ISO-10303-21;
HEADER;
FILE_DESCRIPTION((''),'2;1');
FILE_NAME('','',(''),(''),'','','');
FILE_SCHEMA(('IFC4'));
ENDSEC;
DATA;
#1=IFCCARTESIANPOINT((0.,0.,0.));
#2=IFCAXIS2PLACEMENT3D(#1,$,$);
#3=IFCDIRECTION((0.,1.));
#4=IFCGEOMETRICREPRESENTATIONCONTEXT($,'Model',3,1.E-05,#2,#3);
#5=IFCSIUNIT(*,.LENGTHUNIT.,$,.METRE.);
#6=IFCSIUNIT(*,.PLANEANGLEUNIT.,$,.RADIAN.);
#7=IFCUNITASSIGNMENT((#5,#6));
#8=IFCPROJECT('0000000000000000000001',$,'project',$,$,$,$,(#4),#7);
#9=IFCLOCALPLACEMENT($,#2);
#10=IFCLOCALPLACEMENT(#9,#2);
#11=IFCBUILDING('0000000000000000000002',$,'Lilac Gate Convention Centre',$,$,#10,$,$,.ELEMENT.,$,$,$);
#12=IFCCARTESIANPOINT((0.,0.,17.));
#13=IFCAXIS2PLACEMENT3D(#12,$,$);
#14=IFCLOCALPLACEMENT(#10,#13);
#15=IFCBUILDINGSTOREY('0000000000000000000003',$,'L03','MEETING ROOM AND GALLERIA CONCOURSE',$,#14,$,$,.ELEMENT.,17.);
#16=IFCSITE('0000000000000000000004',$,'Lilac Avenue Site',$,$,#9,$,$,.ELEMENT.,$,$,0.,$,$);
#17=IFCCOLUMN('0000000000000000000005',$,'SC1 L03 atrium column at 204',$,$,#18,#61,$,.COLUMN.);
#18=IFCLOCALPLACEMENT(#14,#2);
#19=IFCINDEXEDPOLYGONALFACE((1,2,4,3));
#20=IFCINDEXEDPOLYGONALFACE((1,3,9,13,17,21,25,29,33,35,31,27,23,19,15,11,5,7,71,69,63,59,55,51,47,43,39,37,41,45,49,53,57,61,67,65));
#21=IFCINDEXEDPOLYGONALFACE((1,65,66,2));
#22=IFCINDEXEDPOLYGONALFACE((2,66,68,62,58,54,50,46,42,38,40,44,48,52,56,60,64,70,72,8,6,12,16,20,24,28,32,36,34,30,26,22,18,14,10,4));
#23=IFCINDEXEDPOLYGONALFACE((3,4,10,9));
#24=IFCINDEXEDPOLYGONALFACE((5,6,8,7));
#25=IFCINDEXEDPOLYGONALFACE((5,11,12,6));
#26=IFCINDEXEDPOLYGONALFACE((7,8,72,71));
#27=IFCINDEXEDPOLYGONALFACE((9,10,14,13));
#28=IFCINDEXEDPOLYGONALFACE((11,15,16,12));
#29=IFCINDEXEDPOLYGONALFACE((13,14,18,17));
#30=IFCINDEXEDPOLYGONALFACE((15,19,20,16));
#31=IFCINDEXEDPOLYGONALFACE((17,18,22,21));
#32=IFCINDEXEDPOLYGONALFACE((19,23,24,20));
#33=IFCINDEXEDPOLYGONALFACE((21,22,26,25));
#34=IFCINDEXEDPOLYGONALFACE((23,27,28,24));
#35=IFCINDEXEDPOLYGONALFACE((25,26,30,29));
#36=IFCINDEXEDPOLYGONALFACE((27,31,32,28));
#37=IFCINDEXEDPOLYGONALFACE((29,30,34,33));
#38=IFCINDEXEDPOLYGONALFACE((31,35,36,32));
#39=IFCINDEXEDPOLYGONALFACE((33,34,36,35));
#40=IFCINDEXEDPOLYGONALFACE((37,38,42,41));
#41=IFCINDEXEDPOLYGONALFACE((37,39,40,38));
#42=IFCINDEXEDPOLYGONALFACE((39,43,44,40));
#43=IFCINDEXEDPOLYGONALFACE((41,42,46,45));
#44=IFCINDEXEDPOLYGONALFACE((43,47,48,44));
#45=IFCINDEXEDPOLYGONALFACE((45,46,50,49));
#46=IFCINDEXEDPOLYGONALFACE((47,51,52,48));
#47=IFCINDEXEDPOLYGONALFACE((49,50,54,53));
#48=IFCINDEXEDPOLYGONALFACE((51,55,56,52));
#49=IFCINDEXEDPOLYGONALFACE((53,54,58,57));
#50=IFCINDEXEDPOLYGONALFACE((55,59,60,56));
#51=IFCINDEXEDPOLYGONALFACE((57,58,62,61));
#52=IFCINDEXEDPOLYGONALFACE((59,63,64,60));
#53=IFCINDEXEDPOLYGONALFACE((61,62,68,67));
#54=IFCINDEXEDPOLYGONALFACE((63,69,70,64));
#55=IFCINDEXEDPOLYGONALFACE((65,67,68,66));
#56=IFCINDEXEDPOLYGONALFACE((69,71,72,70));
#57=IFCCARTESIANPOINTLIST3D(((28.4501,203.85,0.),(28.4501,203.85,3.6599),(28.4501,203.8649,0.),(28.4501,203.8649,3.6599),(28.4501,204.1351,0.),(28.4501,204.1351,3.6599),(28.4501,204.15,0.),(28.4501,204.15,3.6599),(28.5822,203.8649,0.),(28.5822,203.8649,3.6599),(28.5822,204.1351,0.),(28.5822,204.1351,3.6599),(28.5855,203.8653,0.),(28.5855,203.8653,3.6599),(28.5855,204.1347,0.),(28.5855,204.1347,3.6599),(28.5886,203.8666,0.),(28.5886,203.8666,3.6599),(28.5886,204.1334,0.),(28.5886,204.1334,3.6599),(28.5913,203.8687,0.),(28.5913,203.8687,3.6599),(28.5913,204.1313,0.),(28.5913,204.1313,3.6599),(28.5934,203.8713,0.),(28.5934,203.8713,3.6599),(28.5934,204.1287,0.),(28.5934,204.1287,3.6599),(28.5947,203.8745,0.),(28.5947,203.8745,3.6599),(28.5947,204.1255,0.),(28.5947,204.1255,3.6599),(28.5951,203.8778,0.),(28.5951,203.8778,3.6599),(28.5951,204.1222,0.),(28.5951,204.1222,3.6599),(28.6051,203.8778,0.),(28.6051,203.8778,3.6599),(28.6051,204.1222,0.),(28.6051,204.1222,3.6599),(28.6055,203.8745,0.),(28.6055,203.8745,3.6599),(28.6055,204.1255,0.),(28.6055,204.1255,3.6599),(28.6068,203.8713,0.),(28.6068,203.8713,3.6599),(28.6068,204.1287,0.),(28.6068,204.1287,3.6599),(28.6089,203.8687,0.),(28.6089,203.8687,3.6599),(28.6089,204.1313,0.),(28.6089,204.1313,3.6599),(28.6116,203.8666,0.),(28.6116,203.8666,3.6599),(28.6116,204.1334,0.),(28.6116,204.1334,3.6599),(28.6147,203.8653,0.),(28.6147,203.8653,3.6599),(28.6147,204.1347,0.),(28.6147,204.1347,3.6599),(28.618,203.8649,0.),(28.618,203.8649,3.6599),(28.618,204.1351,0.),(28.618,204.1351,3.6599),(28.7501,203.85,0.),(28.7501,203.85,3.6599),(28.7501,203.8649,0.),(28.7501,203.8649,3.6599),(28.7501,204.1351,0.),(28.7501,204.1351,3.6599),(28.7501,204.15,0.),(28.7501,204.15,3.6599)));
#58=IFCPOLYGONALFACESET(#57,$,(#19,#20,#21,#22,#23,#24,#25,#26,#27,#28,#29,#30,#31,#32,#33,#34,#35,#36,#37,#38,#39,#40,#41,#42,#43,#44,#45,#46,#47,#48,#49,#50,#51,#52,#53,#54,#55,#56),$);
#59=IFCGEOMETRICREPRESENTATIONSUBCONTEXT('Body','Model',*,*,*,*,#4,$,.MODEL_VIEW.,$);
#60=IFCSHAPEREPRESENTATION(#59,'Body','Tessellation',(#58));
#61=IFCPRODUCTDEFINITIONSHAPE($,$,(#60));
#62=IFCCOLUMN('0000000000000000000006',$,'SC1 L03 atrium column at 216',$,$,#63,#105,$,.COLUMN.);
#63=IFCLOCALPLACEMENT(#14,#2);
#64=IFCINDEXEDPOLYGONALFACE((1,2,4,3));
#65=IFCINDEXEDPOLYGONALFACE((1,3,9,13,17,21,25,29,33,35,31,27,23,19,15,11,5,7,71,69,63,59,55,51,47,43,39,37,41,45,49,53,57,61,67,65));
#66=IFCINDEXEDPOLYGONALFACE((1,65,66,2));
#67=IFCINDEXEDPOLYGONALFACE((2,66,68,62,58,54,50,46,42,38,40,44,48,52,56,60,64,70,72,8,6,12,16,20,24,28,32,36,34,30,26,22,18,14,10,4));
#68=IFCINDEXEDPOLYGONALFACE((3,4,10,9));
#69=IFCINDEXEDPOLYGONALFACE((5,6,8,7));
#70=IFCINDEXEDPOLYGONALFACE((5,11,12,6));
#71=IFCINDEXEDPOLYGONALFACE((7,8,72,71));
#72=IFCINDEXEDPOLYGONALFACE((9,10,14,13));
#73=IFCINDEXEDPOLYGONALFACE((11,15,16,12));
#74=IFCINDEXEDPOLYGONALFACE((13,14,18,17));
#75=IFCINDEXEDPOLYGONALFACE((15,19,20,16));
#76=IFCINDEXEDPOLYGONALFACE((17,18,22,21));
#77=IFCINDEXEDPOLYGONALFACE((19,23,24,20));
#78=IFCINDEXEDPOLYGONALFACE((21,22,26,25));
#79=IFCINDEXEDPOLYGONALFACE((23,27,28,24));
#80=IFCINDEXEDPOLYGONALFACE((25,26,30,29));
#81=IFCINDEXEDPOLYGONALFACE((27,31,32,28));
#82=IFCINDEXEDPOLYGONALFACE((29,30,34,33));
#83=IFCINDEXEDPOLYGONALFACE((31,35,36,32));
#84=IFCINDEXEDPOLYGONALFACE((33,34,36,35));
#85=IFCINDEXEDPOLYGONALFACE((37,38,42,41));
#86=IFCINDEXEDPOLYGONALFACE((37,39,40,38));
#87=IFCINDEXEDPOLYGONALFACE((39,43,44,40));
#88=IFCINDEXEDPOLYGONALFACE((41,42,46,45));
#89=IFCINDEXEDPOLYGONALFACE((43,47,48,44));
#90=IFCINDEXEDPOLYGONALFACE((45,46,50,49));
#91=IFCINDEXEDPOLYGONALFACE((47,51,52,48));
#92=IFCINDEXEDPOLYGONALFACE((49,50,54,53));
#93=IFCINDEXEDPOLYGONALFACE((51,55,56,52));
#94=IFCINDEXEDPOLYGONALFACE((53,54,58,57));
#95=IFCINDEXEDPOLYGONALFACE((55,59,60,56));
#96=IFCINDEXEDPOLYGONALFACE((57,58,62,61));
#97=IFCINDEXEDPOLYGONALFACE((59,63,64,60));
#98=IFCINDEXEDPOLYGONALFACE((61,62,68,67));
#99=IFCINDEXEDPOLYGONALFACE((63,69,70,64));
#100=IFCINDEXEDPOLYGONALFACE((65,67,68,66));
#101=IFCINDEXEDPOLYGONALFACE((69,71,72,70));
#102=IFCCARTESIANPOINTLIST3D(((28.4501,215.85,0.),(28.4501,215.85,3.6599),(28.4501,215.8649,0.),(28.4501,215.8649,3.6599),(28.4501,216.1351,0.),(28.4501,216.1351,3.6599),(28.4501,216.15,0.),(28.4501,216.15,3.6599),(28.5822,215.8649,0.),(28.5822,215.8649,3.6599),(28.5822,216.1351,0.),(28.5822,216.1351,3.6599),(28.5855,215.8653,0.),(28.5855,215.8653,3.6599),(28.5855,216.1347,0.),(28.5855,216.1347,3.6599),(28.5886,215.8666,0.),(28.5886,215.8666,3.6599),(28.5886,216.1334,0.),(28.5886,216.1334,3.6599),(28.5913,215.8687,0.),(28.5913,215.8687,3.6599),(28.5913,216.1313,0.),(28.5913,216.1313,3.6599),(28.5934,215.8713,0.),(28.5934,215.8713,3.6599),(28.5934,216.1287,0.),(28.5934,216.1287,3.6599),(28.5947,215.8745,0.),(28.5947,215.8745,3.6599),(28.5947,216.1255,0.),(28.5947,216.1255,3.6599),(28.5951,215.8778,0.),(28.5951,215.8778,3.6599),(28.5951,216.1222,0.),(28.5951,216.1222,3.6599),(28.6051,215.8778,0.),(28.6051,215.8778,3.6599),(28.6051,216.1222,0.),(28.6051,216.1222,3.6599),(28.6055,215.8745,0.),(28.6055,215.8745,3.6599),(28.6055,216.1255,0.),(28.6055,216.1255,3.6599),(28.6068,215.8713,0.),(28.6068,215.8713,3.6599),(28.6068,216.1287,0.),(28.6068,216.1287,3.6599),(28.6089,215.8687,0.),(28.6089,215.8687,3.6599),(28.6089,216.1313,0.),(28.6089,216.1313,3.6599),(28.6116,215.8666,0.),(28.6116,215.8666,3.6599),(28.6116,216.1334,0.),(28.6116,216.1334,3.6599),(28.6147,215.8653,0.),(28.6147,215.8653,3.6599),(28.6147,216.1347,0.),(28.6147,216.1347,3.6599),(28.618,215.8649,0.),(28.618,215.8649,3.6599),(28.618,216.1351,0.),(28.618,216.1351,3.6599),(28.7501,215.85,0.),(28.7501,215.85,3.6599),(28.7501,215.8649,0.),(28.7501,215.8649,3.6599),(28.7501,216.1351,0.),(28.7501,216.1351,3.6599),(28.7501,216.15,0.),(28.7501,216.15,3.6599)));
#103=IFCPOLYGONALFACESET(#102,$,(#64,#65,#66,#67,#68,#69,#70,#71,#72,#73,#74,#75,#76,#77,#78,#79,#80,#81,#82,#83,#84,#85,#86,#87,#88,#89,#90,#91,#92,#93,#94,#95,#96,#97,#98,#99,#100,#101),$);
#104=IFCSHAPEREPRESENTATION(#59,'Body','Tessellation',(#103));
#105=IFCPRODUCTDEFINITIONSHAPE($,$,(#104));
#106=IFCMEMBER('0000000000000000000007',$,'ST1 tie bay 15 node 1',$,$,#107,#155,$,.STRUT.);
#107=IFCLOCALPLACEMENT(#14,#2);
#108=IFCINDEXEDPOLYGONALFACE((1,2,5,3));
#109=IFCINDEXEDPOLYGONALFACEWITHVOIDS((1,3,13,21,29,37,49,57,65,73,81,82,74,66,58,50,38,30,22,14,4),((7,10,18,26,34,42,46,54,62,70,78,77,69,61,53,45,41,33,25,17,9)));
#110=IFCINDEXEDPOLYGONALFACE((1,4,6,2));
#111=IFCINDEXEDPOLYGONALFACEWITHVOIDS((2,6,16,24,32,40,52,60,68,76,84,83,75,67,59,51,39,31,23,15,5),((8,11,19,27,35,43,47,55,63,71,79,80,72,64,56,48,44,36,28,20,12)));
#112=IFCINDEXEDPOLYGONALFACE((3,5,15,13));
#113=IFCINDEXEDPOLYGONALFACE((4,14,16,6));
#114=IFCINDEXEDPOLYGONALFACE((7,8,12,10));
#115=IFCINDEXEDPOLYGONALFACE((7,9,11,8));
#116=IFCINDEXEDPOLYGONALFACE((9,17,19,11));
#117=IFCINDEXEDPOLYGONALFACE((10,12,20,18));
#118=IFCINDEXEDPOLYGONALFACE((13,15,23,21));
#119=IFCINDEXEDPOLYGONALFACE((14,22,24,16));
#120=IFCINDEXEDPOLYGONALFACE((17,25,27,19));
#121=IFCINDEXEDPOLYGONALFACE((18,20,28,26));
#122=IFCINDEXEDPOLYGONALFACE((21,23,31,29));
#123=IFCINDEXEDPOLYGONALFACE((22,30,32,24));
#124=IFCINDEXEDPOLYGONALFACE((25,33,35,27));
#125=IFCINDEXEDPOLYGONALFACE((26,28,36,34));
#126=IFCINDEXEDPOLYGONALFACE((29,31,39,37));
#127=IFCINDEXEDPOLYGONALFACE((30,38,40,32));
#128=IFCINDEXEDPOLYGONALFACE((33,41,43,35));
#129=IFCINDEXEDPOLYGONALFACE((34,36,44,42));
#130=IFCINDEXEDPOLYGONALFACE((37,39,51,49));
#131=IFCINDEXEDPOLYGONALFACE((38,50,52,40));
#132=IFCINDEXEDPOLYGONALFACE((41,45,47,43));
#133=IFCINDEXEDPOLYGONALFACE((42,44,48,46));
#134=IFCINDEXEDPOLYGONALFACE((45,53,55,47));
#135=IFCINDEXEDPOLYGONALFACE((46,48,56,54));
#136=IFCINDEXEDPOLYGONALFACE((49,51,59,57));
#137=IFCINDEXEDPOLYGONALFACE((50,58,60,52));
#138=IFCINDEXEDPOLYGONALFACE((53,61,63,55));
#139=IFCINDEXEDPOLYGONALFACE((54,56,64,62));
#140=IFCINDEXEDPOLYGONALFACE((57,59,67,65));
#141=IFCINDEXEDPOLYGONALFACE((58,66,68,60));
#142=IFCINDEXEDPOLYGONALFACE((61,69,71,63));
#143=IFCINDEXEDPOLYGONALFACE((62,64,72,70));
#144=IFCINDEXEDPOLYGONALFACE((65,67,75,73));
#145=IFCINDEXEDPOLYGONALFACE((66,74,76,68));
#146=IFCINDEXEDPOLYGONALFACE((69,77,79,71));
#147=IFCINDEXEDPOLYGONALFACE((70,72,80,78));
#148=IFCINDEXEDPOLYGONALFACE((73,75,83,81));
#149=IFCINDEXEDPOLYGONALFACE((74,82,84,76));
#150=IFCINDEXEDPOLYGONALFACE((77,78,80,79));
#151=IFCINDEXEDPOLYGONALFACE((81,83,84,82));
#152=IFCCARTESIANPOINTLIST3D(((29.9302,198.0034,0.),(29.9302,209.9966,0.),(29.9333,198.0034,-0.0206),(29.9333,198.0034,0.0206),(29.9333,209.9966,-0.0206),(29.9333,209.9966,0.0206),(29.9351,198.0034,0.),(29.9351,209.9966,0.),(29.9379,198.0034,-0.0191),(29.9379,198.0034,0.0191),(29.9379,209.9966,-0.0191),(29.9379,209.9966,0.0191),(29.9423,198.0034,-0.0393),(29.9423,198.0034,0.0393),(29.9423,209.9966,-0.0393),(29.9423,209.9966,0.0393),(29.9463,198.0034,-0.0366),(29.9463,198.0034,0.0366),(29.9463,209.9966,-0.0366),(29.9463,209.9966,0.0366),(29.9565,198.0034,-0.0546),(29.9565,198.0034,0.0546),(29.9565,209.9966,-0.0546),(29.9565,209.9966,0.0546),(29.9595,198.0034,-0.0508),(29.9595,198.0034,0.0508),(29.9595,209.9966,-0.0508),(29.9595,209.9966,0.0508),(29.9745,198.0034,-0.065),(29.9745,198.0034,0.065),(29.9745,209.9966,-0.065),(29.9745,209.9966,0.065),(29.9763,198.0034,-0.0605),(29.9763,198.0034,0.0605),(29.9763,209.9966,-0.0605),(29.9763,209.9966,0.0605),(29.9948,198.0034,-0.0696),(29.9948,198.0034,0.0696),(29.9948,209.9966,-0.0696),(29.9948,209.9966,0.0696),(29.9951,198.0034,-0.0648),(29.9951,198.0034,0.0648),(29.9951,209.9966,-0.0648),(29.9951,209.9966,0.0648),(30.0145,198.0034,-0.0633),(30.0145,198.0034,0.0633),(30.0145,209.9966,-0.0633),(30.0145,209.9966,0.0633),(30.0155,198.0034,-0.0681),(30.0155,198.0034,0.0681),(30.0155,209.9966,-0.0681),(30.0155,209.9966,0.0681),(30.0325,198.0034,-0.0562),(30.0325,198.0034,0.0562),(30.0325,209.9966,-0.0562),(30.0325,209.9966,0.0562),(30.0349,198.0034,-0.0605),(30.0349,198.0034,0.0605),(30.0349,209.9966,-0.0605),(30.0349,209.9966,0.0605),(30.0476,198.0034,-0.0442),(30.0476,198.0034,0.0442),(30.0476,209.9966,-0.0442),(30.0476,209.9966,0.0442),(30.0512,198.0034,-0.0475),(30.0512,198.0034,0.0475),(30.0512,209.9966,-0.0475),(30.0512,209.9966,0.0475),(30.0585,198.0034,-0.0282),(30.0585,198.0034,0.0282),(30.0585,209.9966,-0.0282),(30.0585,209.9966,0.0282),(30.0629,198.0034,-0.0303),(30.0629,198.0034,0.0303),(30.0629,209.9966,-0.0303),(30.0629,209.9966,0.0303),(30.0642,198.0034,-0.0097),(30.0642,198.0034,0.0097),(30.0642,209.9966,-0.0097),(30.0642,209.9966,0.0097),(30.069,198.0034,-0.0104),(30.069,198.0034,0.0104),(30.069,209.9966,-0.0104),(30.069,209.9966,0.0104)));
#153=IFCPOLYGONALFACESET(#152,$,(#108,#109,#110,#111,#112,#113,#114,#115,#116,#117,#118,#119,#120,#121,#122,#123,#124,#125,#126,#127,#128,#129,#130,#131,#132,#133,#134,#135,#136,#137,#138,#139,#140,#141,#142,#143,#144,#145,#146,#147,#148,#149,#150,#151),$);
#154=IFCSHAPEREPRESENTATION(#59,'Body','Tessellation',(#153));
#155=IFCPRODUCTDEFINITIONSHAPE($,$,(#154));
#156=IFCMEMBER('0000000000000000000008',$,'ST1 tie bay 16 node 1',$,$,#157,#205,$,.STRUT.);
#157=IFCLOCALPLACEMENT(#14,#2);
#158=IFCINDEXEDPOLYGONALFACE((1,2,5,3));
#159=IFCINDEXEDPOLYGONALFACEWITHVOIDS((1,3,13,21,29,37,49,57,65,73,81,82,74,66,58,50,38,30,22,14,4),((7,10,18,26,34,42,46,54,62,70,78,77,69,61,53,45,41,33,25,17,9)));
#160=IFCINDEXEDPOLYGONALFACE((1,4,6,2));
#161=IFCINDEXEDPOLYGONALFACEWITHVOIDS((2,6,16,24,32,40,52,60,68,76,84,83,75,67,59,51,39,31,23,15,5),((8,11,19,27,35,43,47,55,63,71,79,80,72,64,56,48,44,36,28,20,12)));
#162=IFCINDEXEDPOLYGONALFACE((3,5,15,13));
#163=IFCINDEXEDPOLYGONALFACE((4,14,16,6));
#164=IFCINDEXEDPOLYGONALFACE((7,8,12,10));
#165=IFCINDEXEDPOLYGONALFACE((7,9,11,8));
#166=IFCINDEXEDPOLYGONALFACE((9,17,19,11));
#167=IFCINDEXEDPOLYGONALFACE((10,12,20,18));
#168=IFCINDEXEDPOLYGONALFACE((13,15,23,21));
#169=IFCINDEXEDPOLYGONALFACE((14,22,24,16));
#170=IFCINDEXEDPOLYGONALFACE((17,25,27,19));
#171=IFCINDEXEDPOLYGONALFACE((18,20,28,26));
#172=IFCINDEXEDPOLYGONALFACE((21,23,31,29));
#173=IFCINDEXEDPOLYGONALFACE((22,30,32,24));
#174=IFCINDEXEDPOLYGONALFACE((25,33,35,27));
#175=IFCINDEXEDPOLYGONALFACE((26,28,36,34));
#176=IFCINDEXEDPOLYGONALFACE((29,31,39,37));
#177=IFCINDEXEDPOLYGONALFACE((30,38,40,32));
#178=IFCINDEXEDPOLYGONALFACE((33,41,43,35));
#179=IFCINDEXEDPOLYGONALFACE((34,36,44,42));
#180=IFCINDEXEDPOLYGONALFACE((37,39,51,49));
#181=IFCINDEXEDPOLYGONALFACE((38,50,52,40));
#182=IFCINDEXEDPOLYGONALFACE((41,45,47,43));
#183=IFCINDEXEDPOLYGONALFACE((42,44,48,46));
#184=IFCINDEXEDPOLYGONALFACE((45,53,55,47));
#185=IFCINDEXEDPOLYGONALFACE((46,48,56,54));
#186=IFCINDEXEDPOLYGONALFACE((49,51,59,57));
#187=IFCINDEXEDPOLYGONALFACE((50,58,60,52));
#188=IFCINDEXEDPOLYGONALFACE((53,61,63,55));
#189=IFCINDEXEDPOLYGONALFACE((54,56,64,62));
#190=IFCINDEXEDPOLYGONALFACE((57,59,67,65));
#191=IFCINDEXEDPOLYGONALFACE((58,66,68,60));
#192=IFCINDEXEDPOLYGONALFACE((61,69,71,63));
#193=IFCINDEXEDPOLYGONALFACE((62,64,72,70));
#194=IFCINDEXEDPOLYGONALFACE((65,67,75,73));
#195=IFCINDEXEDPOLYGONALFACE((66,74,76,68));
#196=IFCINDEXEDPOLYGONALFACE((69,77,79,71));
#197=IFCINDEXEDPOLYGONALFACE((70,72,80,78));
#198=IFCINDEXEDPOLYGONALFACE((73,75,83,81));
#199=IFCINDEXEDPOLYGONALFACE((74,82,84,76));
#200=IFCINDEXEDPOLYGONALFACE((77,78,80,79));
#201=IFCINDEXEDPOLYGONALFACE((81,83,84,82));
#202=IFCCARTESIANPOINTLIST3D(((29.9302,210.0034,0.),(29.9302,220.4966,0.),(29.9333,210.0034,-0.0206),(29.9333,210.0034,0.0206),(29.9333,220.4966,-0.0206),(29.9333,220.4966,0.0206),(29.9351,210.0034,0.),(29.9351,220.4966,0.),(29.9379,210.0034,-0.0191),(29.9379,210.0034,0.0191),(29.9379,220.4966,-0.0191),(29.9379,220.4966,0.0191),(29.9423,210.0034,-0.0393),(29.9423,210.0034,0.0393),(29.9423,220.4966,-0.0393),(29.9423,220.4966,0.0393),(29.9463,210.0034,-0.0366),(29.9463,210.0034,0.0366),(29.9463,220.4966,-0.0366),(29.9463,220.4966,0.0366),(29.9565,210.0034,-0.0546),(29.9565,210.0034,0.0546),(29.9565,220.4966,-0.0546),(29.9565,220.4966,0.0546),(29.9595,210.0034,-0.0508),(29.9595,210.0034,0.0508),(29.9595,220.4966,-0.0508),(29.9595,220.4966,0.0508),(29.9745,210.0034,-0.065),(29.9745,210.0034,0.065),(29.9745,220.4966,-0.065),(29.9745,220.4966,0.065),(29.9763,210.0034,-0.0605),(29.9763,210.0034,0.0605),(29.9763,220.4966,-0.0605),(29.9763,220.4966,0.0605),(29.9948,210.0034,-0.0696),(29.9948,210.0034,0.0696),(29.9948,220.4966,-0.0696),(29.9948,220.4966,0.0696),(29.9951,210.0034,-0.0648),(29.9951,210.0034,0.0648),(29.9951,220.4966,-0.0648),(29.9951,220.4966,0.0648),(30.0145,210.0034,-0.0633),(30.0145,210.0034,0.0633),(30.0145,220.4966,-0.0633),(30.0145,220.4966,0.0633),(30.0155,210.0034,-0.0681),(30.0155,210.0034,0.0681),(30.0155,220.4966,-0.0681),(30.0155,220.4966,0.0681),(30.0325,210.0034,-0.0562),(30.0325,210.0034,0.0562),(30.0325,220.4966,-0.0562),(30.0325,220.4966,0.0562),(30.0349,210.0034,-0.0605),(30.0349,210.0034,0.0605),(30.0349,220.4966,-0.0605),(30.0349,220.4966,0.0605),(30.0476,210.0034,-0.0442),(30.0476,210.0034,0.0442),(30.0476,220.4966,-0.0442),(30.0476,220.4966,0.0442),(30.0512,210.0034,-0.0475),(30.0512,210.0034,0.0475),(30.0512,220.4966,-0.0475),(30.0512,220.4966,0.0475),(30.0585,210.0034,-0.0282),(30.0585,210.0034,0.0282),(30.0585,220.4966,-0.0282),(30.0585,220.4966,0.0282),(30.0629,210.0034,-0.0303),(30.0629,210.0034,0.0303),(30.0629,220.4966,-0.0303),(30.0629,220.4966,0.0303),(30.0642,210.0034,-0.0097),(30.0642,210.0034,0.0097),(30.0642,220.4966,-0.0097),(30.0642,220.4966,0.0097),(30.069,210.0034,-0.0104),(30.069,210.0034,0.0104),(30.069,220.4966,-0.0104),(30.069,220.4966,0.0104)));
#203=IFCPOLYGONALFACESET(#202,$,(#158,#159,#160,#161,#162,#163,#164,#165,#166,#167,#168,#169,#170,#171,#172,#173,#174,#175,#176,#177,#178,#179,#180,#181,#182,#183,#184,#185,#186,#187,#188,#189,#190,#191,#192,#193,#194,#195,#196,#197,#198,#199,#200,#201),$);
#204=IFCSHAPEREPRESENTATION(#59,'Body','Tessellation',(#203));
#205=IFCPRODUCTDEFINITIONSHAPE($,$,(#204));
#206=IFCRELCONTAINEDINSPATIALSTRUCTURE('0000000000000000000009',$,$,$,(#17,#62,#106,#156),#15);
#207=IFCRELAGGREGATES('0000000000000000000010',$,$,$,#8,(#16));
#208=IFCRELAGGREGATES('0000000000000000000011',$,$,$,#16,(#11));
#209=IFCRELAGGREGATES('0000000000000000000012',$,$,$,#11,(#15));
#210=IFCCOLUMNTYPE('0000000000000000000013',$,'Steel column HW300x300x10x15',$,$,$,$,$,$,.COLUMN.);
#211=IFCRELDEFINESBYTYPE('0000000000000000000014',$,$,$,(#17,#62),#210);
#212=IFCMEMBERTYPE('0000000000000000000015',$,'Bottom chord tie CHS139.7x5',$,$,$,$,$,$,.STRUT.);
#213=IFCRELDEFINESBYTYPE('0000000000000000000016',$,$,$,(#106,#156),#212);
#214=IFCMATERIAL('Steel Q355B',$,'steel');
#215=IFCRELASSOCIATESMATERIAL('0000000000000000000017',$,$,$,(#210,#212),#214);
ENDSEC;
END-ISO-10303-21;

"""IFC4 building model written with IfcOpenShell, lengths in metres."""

from ifc_helpers import new_model, si_unit, direction, frame, origin, origin_2d, place, context, subcontext, project, spatial, hollow_circle, i_section, extrude, material, material_profile, profile_set, type_object, element, save


model = new_model("IFC4")

# Units and contexts
model_context = context("Model", 3, precision=1e-05, world=origin(), true_north=direction((0.0, 1.0)))
body_context = subcontext(model_context, "Body", "Model", "MODEL_VIEW")
ifc_project = project(units=[si_unit("LENGTHUNIT", "METRE"), si_unit("PLANEANGLEUNIT", "RADIAN")], contexts=[model_context])

# Site, building, storey
site_placement = place(None, origin())
site = spatial("IfcSite", under=ifc_project, at=site_placement, Name="Lilac Avenue Site", CompositionType="ELEMENT", RefElevation=0.0)
building_placement = place(site_placement, origin())
building = spatial("IfcBuilding", under=site, at=building_placement, Name="Lilac Gate Convention Centre", CompositionType="ELEMENT")
storey_placement = place(building_placement, frame((0.0, 0.0, 17.0)))
storey = spatial("IfcBuildingStorey", under=building, at=storey_placement, Name="L03", Description="MEETING ROOM AND GALLERIA CONCOURSE", CompositionType="ELEMENT", Elevation=17.0)

# Columns
ifc_material_1 = material(Name="Steel Q355B", Category="steel")
ifc_material_profile_1 = material_profile(ifc_material_1, i_section(OverallWidth=0.3, OverallDepth=0.3, WebThickness=0.01, FlangeThickness=0.0149, FilletRadius=0.0129, at=origin_2d()), Name="HW300x300x10x15")
ifc_profile_set_1 = profile_set([ifc_material_profile_1], Name="Steel Q355B")
column_type = type_object("IfcColumnType", Name="Steel column HW300x300x10x15", PredefinedType="COLUMN", material=ifc_profile_set_1)
for number, where, z_axis, x_axis, name in (
    (1, (28.6001, 204.0, 0.0), (0.0, 0.0, 1.0), (1.0, 0.0, 0.0), "SC1 L03 atrium column at 204"),
    (2, (28.6001, 216.0, 0.0), (0.0, 0.0, 1.0), (1.0, 0.0, 0.0), "SC1 L03 atrium column at 216"),
):
    element("IfcColumn", number, at=place(storey_placement, frame(where, z_axis=z_axis, x_axis=x_axis)), inside=storey, type_object=column_type, Name=name, PredefinedType="COLUMN", context=body_context, shape_type="SweptSolid", body=[
        extrude(i_section(OverallWidth=0.3, OverallDepth=0.3, WebThickness=0.01, FlangeThickness=0.0149, FilletRadius=0.0129, at=origin_2d()), origin(), (0.0, 0.0, 1.0), 3.6599),
    ])

# Members
ifc_material_profile_2 = material_profile(ifc_material_1, hollow_circle(Radius=0.0698, WallThickness=0.0049, at=origin_2d()), Name="CHS139.7x5")
ifc_profile_set_2 = profile_set([ifc_material_profile_2], Name="Steel Q355B")
member_type_1 = type_object("IfcMemberType", Name="Bottom chord tie CHS139.7x5", PredefinedType="STRUT", material=ifc_profile_set_2)
member_1_placement = place(storey_placement, frame((30.0, 198.0034, 0.0), z_axis=(0.0, 1.0, 0.0), x_axis=(-1.0, 0.0, 0.0)))
element("IfcMember", 3, at=member_1_placement, inside=storey, type_object=member_type_1, Name="ST1 tie bay 15 node 1", PredefinedType="STRUT", context=body_context, shape_type="SweptSolid", body=[
    extrude(hollow_circle(Radius=0.0698, WallThickness=0.0049, at=origin_2d()), origin(), (0.0, 0.0, 1.0), 11.9932),
])
member_2_placement = place(storey_placement, frame((30.0, 210.0034, 0.0), z_axis=(0.0, 1.0, 0.0), x_axis=(-1.0, 0.0, 0.0)))
element("IfcMember", 4, at=member_2_placement, inside=storey, type_object=member_type_1, Name="ST1 tie bay 16 node 1", PredefinedType="STRUT", context=body_context, shape_type="SweptSolid", body=[
    extrude(hollow_circle(Radius=0.0698, WallThickness=0.0049, at=origin_2d()), origin(), (0.0, 0.0, 1.0), 10.4932),
])

save(model, "model.ifc")
